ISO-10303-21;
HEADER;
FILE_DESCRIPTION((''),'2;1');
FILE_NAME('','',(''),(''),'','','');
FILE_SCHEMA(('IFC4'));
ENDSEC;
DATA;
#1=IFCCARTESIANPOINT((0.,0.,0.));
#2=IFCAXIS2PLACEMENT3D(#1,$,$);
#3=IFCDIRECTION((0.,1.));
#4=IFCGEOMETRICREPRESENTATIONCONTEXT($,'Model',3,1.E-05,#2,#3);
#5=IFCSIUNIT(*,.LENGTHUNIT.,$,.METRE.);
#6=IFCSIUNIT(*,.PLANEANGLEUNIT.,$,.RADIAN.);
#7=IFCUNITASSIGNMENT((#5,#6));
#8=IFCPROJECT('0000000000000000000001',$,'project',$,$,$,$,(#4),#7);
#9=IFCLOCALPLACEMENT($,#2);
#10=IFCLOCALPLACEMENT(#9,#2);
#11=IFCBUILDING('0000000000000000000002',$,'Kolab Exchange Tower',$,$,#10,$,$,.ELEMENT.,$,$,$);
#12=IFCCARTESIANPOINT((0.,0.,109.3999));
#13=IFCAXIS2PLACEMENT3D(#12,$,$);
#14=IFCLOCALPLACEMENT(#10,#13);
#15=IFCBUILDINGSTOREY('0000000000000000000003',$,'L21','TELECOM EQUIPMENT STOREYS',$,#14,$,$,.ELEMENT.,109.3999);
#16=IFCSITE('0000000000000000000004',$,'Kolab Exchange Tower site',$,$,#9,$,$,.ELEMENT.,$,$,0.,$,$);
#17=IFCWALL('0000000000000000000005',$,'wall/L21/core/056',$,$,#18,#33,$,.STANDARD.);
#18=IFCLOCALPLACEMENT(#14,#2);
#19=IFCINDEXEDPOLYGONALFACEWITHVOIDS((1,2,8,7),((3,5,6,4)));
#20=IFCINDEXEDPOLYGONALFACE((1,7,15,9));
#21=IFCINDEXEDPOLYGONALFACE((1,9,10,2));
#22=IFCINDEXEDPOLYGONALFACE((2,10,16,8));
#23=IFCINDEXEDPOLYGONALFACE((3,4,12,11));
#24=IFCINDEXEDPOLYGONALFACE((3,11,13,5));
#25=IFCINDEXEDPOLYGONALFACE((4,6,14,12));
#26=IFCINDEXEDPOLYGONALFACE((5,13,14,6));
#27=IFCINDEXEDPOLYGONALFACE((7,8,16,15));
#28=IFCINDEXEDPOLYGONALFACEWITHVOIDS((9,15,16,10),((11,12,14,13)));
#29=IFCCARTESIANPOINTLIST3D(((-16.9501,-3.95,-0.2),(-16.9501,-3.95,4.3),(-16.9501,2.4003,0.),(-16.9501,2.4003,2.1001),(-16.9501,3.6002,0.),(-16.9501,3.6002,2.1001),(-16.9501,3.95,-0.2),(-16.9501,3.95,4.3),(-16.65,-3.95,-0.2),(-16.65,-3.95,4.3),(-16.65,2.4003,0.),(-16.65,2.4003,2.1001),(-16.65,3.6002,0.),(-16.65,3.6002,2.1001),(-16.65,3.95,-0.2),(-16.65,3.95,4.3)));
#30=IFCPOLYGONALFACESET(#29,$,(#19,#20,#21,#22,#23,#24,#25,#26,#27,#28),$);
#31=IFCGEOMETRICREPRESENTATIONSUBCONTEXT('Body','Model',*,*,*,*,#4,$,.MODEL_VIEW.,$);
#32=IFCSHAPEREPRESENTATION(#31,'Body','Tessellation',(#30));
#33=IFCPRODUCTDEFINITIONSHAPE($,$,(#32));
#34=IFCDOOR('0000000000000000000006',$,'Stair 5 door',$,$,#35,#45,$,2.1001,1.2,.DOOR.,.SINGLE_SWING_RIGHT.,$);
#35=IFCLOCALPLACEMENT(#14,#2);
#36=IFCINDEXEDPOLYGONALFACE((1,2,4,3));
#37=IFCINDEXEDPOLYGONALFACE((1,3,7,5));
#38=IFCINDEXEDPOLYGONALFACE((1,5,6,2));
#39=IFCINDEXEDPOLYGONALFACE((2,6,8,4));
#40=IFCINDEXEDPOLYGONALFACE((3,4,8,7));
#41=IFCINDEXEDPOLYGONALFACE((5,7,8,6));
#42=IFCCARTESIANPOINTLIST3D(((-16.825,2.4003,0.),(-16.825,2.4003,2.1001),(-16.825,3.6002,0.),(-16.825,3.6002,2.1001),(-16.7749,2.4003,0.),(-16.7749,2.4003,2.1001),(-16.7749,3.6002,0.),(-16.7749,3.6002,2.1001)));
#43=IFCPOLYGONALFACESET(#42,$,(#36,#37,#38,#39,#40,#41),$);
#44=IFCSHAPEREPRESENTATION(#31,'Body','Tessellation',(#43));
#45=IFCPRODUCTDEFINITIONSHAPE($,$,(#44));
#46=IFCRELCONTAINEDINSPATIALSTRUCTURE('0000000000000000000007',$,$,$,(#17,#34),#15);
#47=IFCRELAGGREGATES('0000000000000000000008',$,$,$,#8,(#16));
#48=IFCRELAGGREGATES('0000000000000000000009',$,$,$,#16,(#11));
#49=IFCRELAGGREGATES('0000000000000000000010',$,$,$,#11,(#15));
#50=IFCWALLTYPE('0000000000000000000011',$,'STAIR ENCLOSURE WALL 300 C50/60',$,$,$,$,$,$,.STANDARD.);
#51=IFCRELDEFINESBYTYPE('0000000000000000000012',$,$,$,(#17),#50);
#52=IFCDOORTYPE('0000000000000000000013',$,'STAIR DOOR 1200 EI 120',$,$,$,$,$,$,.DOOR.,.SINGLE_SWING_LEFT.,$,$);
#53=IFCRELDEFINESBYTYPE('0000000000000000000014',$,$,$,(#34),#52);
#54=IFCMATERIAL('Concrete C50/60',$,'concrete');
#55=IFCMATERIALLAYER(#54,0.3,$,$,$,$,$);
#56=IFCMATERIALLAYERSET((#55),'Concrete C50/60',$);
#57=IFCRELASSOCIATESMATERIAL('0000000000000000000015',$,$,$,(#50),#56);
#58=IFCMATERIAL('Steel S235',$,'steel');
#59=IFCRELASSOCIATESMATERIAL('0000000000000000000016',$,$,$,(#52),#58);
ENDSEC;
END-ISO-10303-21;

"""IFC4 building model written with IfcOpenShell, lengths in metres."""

from ifc_helpers import new_model, si_unit, direction, frame, frame_2d, origin, place, context, subcontext, project, spatial, rectangle, extrude, material, layer, layer_set, type_object, element, fill, save


model = new_model("IFC4")

# Units and contexts
model_context = context("Model", 3, precision=1e-05, world=origin(), true_north=direction((0.0, 1.0)))
body_context = subcontext(model_context, "Body", "Model", "MODEL_VIEW")
ifc_project = project(units=[si_unit("LENGTHUNIT", "METRE"), si_unit("PLANEANGLEUNIT", "RADIAN")], contexts=[model_context])

# Site, building, storey
site_placement = place(None, origin())
site = spatial("IfcSite", under=ifc_project, at=site_placement, Name="Kolab Exchange Tower site", CompositionType="ELEMENT", RefElevation=0.0)
building_placement = place(site_placement, origin())
building = spatial("IfcBuilding", under=site, at=building_placement, Name="Kolab Exchange Tower", CompositionType="ELEMENT")
storey_placement = place(building_placement, frame((0.0, 0.0, 109.3999)))
storey = spatial("IfcBuildingStorey", under=building, at=storey_placement, Name="L21", Description="TELECOM EQUIPMENT STOREYS", CompositionType="ELEMENT", Elevation=109.3999)

# Shared definitions
ifc_material_1 = material(Name="Concrete C50/60", Category="concrete")
ifc_layer_1 = layer(ifc_material_1, 0.3)
ifc_layer_set_1 = layer_set([ifc_layer_1], Name="Concrete C50/60")
wall_type_1 = type_object("IfcWallType", Name="STAIR ENCLOSURE WALL 300 C50/60", PredefinedType="STANDARD", material=ifc_layer_set_1)

# Wall, opening, door
wall_1_placement = place(storey_placement, frame((-16.8, -3.95, -0.2), z_axis=(0.0, 0.0, 1.0), x_axis=(0.0, 1.0, 0.0)))
wall_1 = element("IfcWall", 1, at=wall_1_placement, inside=storey, type_object=wall_type_1, Name="wall/L21/core/056", PredefinedType="STANDARD", context=body_context, shape_type="SweptSolid", body=[
    extrude(rectangle(XDim=7.8999, YDim=0.3, at=frame_2d((3.95, 0.0))), origin(), (0.0, 0.0, 1.0), 4.5),
])
opening_placement = place(wall_1_placement, frame((6.3501, 0.0, 0.2)))
opening = element("IfcOpeningElement", 2, at=opening_placement, cuts=wall_1, PredefinedType="OPENING", context=body_context, shape_type="SweptSolid", body=[
    extrude(rectangle(XDim=1.2, YDim=2.1001, at=frame_2d((0.6001, 1.05))), frame((0.0, 0.1602, 0.0), z_axis=(0.0, -1.0, 0.0), x_axis=(1.0, 0.0, 0.0)), (0.0, 0.0, 1.0), 0.3201),
])
ifc_material_2 = material(Name="Steel S235", Category="steel")
door_type = type_object("IfcDoorType", Name="STAIR DOOR 1200 EI 120", OperationType="SINGLE_SWING_LEFT", PredefinedType="DOOR", material=ifc_material_2)
door_placement = place(opening_placement, origin())
door = element("IfcDoor", 3, at=door_placement, inside=storey, type_object=door_type, Name="Stair 5 door", OperationType="SINGLE_SWING_RIGHT", OverallHeight=2.1001, OverallWidth=1.2, PredefinedType="DOOR", context=body_context, shape_type="SweptSolid", body=[
    extrude(rectangle(XDim=1.2, YDim=2.1001, at=frame_2d((0.6001, 1.05))), frame((0.0, 0.0249, 0.0), z_axis=(0.0, -1.0, 0.0), x_axis=(1.0, 0.0, 0.0)), (0.0, 0.0, 1.0), 0.05),
])
fill(opening, door)

save(model, "model.ifc")
